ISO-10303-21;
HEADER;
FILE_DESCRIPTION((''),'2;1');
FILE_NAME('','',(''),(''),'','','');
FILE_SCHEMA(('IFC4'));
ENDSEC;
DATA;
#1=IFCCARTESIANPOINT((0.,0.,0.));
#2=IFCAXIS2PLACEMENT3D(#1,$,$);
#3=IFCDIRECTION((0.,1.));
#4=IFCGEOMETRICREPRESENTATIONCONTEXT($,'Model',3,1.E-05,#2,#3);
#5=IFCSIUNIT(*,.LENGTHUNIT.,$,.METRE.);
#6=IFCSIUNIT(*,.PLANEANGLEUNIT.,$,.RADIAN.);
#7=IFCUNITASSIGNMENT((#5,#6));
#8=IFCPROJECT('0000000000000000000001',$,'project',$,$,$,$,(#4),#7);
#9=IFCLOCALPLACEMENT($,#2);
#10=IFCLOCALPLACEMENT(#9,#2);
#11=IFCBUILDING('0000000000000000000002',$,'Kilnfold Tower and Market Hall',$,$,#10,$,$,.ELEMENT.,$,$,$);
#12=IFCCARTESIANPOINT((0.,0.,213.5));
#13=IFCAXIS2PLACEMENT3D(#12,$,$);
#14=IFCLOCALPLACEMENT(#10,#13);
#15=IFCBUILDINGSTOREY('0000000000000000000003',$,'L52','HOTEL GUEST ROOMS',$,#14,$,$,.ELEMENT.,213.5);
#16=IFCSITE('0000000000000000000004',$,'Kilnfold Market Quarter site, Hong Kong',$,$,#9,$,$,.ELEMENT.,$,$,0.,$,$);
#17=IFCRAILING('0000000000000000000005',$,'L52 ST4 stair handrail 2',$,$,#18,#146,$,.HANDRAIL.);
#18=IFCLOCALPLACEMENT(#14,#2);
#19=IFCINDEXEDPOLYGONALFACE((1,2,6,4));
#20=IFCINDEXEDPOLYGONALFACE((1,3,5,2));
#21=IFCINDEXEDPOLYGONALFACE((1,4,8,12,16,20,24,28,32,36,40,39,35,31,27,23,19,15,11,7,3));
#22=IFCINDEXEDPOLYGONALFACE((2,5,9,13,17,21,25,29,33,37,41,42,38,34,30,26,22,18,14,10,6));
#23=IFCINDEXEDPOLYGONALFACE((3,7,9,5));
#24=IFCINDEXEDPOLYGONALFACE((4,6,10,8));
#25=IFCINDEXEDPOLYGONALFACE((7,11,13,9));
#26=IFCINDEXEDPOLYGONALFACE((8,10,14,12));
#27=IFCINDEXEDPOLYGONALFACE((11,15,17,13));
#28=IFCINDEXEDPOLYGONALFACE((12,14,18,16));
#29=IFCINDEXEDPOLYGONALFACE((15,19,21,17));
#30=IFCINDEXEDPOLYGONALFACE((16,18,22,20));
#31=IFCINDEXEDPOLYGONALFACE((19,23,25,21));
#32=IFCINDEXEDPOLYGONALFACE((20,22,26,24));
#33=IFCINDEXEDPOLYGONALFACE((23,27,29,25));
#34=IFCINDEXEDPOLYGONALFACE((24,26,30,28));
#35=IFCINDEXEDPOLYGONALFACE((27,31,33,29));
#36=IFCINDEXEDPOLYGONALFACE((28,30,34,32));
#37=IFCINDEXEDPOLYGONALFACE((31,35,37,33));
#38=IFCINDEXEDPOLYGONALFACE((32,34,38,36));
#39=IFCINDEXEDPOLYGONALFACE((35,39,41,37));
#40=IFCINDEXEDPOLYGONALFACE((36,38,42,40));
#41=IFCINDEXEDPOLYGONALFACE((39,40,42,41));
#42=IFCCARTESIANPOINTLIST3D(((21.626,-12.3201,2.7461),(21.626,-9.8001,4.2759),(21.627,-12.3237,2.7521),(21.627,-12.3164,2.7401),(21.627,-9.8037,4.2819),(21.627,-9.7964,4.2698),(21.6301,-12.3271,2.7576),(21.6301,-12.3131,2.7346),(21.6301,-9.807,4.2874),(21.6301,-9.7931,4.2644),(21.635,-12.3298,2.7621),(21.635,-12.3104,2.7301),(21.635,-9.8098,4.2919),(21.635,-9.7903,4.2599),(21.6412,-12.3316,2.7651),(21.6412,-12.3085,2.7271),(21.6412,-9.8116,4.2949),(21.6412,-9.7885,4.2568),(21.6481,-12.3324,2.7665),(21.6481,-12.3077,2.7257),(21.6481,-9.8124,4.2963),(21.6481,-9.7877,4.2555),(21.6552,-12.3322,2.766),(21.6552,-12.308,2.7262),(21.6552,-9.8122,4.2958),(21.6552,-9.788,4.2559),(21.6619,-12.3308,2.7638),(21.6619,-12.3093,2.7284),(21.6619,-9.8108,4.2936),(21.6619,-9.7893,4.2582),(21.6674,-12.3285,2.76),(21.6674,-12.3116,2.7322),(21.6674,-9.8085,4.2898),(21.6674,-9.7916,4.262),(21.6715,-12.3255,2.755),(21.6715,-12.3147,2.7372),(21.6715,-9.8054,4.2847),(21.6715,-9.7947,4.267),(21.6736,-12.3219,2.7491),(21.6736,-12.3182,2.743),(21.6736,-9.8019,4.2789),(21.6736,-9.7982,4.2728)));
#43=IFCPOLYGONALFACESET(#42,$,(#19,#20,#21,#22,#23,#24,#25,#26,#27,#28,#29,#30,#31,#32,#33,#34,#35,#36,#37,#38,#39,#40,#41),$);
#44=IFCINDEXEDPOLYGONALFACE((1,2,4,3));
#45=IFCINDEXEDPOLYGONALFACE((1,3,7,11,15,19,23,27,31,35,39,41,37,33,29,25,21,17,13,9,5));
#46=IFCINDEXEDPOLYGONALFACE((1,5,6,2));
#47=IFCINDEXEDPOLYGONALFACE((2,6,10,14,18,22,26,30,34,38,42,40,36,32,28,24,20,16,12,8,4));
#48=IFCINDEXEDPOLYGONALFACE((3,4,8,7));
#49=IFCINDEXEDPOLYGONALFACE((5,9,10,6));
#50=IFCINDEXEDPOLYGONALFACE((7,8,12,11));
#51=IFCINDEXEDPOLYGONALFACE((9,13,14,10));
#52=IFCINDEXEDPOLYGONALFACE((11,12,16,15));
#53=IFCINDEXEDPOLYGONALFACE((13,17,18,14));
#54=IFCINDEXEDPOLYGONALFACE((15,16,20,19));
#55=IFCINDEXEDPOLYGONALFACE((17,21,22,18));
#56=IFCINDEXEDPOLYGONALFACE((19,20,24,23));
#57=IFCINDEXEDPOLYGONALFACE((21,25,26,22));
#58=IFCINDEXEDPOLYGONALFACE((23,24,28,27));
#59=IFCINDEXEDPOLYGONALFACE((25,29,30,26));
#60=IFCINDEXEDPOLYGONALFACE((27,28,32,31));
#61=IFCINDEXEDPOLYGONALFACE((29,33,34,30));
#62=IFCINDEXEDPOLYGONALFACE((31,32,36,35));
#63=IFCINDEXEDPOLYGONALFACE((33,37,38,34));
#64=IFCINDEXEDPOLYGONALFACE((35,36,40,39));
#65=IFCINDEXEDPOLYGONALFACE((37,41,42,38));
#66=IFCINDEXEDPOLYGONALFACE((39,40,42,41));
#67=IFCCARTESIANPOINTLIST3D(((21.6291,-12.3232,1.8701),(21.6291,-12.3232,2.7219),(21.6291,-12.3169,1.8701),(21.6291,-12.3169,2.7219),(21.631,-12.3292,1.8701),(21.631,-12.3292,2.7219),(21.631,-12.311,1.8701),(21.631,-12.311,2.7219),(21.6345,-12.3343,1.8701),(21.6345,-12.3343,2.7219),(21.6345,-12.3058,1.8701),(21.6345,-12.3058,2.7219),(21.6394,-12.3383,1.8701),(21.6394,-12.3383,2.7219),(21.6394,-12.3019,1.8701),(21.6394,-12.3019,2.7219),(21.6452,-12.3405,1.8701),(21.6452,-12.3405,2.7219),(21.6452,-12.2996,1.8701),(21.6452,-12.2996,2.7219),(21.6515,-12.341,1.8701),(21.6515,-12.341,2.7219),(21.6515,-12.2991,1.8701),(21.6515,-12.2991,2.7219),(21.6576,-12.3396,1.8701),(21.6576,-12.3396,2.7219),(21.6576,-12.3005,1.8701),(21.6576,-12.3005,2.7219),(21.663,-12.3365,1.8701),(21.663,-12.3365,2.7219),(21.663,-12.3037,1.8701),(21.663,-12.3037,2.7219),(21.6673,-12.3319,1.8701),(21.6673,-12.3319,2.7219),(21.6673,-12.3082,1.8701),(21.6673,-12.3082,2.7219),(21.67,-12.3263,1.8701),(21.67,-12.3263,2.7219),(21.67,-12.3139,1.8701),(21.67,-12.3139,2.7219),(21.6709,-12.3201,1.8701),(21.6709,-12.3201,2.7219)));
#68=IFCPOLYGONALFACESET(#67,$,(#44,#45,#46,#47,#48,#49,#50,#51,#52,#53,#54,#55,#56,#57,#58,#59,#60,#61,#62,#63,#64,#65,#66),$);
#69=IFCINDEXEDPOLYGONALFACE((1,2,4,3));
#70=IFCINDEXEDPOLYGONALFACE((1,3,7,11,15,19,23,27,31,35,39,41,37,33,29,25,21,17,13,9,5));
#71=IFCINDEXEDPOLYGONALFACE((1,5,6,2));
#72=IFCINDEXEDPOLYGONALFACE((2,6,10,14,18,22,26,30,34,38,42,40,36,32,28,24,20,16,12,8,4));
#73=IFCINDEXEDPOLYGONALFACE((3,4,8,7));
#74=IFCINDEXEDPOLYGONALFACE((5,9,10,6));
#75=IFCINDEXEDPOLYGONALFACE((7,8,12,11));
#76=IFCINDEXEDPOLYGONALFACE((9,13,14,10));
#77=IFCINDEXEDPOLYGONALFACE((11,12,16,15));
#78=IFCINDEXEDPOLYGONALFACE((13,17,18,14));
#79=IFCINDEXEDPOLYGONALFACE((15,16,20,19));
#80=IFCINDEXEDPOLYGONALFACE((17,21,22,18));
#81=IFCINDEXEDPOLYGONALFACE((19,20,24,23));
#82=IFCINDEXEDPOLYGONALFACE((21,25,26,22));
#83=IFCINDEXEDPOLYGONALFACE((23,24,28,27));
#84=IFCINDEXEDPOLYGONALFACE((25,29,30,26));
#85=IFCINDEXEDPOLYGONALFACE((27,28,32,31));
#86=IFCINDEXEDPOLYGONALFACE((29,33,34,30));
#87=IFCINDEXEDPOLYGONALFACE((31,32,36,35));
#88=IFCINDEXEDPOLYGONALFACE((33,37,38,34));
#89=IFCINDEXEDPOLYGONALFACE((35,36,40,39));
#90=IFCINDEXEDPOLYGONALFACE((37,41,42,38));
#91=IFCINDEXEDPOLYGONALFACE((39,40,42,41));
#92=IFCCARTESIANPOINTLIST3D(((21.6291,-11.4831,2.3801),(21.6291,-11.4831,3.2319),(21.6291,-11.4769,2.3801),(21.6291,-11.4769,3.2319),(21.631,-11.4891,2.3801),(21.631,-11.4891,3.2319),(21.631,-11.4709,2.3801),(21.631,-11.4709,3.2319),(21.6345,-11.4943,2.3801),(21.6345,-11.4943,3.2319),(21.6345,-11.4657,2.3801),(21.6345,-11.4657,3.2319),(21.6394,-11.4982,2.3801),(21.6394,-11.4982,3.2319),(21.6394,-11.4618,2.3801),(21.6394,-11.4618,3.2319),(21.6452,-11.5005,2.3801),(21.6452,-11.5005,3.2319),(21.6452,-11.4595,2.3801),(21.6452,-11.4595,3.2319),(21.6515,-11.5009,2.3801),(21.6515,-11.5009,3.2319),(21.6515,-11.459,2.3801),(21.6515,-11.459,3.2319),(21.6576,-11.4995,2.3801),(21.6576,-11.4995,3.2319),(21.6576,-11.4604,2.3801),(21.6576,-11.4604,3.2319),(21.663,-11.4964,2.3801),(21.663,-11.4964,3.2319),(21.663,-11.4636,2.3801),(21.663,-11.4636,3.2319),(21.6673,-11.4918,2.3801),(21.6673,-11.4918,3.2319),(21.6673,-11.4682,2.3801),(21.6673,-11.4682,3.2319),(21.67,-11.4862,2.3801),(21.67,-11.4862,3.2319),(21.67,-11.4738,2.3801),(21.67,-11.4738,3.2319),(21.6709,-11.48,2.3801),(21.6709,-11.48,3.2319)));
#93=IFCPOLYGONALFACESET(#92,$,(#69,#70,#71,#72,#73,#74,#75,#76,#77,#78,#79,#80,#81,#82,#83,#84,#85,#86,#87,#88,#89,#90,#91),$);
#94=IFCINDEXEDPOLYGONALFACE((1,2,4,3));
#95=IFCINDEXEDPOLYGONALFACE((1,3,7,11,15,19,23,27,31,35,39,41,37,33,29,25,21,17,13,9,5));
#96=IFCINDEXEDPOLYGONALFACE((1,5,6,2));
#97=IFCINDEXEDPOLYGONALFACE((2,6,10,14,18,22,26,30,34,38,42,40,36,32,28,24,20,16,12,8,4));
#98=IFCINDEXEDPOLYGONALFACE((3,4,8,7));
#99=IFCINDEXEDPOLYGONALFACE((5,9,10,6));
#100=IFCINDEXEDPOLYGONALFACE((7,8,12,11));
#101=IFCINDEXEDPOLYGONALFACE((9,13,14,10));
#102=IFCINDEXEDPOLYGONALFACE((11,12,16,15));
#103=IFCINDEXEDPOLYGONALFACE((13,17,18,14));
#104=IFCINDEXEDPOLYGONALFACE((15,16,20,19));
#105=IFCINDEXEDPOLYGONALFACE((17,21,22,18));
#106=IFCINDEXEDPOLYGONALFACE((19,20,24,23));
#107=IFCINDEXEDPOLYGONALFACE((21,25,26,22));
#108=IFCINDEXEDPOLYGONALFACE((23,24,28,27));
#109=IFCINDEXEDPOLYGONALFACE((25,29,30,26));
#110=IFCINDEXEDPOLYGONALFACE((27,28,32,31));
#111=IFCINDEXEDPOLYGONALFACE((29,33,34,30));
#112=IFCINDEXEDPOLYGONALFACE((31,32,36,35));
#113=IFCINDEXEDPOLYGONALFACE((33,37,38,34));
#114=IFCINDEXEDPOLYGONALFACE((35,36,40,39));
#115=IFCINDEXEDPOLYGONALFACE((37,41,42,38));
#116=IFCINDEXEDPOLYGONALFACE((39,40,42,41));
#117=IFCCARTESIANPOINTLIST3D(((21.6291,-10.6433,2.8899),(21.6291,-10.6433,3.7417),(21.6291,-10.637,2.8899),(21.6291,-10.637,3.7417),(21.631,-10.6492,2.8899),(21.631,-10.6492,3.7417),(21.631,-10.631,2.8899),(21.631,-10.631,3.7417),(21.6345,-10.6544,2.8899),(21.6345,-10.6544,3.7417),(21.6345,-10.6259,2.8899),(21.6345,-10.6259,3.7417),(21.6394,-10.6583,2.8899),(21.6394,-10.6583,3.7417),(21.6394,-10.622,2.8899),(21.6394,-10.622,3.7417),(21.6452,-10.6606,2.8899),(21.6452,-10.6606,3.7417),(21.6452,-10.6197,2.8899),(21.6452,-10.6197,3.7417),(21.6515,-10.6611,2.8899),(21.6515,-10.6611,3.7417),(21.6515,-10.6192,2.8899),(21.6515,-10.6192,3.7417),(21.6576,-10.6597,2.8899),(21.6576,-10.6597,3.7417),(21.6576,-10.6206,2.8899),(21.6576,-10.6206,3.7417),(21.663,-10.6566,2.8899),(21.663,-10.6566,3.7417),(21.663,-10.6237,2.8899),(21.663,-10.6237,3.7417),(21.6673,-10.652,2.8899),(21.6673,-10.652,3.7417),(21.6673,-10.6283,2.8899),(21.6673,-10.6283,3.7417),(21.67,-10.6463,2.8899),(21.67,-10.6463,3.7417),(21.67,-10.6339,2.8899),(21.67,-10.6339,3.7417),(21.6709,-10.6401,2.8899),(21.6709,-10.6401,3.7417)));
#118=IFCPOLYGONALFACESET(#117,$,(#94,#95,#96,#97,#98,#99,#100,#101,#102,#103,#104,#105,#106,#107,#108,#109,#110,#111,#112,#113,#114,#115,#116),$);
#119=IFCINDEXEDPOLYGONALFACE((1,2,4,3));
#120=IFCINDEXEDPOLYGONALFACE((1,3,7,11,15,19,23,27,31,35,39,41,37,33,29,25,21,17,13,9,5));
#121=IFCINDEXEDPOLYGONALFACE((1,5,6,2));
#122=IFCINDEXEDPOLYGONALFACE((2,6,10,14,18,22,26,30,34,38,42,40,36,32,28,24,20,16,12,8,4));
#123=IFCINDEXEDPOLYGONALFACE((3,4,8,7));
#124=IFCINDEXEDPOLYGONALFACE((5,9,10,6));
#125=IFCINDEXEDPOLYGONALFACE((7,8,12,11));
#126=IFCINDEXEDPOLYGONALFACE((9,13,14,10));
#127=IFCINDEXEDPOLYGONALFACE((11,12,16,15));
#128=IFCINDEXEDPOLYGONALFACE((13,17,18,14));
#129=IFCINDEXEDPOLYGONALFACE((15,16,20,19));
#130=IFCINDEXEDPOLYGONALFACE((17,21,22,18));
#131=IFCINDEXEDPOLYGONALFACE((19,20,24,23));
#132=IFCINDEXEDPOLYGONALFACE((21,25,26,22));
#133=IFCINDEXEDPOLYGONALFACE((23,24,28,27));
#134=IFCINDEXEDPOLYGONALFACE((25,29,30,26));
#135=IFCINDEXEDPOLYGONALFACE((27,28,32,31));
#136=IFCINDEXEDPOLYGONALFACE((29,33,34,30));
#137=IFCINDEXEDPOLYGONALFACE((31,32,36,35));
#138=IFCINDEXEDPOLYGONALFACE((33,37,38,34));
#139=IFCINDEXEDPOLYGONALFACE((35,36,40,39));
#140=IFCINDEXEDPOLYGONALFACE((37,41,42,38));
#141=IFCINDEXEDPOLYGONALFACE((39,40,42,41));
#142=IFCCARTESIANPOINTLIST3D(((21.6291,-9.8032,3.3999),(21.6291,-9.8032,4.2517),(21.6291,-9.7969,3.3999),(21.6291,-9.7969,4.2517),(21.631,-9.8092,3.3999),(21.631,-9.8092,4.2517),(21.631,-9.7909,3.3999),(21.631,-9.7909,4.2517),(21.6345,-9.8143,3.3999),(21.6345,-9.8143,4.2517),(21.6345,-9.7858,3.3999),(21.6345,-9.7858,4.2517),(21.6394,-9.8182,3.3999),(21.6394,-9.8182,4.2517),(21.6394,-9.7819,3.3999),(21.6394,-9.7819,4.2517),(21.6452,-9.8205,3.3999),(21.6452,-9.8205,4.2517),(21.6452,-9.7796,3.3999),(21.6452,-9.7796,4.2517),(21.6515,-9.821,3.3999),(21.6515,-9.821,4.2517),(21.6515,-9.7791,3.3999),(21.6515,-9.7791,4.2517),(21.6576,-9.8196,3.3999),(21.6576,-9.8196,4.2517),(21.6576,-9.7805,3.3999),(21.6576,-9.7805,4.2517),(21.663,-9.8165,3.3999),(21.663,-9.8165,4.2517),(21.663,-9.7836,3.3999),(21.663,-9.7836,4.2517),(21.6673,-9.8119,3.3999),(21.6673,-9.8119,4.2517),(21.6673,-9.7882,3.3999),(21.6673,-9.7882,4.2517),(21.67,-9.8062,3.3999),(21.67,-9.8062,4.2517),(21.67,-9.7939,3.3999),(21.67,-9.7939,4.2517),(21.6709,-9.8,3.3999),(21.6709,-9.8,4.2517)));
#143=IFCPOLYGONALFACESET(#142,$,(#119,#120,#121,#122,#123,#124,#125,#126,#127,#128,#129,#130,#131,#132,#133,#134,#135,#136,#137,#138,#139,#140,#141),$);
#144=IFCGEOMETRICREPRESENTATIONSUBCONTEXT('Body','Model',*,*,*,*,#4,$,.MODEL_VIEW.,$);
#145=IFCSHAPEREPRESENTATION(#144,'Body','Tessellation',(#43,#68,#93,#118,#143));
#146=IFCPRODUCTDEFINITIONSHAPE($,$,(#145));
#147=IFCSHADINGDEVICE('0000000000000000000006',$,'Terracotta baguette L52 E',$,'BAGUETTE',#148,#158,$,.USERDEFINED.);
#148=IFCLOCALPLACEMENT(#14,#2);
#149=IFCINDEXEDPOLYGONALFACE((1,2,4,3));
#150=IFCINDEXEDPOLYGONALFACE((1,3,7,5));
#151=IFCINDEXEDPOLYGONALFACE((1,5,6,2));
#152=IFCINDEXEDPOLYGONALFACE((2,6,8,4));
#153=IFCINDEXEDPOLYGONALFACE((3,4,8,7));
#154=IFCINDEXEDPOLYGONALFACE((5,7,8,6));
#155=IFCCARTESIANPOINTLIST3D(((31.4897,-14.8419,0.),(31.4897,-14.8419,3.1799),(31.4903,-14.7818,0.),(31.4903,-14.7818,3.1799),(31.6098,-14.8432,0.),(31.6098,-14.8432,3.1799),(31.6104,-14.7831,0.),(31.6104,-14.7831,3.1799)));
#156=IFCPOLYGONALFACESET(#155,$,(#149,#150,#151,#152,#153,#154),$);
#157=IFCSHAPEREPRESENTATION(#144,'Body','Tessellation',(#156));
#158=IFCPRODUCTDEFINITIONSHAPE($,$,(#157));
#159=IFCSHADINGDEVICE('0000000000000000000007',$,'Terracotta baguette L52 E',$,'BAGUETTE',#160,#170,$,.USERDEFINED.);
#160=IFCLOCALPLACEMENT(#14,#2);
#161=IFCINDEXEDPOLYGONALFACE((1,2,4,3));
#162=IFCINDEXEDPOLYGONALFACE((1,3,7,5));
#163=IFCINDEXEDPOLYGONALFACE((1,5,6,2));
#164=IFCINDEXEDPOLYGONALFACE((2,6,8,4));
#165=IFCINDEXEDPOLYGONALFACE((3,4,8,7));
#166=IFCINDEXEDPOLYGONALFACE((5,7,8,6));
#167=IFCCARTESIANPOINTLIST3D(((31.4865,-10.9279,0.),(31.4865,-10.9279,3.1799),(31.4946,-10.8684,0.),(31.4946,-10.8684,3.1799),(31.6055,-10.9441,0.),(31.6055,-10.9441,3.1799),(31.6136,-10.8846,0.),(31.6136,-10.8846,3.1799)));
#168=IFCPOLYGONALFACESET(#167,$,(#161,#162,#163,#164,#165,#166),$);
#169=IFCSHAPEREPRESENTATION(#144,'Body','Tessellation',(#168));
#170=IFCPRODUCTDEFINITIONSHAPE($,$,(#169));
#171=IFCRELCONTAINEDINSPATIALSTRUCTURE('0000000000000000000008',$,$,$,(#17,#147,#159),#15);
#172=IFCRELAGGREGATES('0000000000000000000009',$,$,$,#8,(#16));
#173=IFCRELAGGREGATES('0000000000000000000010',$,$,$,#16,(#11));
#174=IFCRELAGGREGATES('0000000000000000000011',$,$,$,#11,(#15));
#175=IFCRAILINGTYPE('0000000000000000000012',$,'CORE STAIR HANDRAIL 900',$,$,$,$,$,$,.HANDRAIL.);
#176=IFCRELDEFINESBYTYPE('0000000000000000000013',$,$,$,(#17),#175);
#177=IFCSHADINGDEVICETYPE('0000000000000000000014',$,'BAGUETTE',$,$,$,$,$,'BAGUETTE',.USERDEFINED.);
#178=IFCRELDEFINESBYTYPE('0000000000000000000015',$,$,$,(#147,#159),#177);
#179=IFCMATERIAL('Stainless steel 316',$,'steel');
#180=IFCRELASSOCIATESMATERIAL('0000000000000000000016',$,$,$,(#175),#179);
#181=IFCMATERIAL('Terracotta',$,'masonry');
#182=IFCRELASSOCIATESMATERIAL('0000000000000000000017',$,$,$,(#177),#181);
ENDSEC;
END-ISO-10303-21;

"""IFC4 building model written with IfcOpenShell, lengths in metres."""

from ifc_helpers import new_model, si_unit, direction, frame, origin, origin_2d, place, context, subcontext, project, spatial, rectangle, circle, extrude, source, transform, mapped, material, material_profile, profile_set, type_object, element, save


model = new_model("IFC4")

# Units and contexts
model_context = context("Model", 3, precision=1e-05, world=origin(), true_north=direction((0.0, 1.0)))
body_context = subcontext(model_context, "Body", "Model", "MODEL_VIEW")
ifc_project = project(units=[si_unit("LENGTHUNIT", "METRE"), si_unit("PLANEANGLEUNIT", "RADIAN")], contexts=[model_context])

# Site, building, storey
site_placement = place(None, origin())
site = spatial("IfcSite", under=ifc_project, at=site_placement, Name="Kilnfold Market Quarter site, Hong Kong", CompositionType="ELEMENT", RefElevation=0.0)
building_placement = place(site_placement, origin())
building = spatial("IfcBuilding", under=site, at=building_placement, Name="Kilnfold Tower and Market Hall", CompositionType="ELEMENT")
storey_placement = place(building_placement, frame((0.0, 0.0, 213.5)))
storey = spatial("IfcBuildingStorey", under=building, at=storey_placement, Name="L52", Description="HOTEL GUEST ROOMS", CompositionType="ELEMENT", Elevation=213.5)

# Railing
ifc_material_1 = material(Name="Stainless steel 316", Category="steel")
railing_type = type_object("IfcRailingType", Name="CORE STAIR HANDRAIL 900", PredefinedType="HANDRAIL", material=ifc_material_1)
railing_placement = place(storey_placement, frame((21.6499, -12.3201, 1.8701)))
element("IfcRailing", 1, at=railing_placement, inside=storey, type_object=railing_type, Name="L52 ST4 stair handrail 2", PredefinedType="HANDRAIL", context=body_context, shape_type="SweptSolid", body=[
    extrude(circle(Radius=0.0239, at=origin_2d()), frame((0.0, 0.0, 0.876), z_axis=(0.0, 0.854822, 0.518922), x_axis=(-1.0, 0.0, 0.0)), (0.0, 0.0, 1.0), 2.948),
    extrude(circle(Radius=0.021, at=origin_2d()), origin(), (0.0, 0.0, 1.0), 0.8518),
    extrude(circle(Radius=0.021, at=origin_2d()), frame((0.0, 0.8401, 0.51)), (0.0, 0.0, 1.0), 0.8518),
    extrude(circle(Radius=0.021, at=origin_2d()), frame((0.0, 1.6799, 1.0198)), (0.0, 0.0, 1.0), 0.8518),
    extrude(circle(Radius=0.021, at=origin_2d()), frame((0.0, 2.52, 1.5298)), (0.0, 0.0, 1.0), 0.8518),
])

# Shading devices
ifc_material_2 = material(Name="Terracotta", Category="masonry")
ifc_material_profile_1 = material_profile(ifc_material_2, rectangle(XDim=0.0601, YDim=0.1201, at=origin_2d()), Name="BAG 60x120")
ifc_profile_set_1 = profile_set([ifc_material_profile_1], Name="Terracotta")
shading_device_type = type_object("IfcShadingDeviceType", Name="BAGUETTE", ElementType="BAGUETTE", PredefinedType="USERDEFINED", material=ifc_profile_set_1)
shared_shape_1 = source(origin(), body_context, "Body", "SweptSolid", [
    extrude(rectangle(XDim=0.0601, YDim=0.1201, at=origin_2d()), origin(), (0.0, 0.0, 1.0), 3.1799),
])
for number, where, z_axis, x_axis, name in (
    (2, (31.55, -14.8125, 0.0), (0.0, 0.0, 1.0), (0.010971, 0.99994, 0.0), "Terracotta baguette L52 E"),
    (3, (31.55, -10.9062, 0.0), (0.0, 0.0, 1.0), (0.134489, 0.990915, 0.0), "Terracotta baguette L52 E"),
):
    element("IfcShadingDevice", number, at=place(storey_placement, frame(where, z_axis=z_axis, x_axis=x_axis)), inside=storey, type_object=shading_device_type, Name=name, ObjectType="BAGUETTE", PredefinedType="USERDEFINED", context=body_context, shape_type="MappedRepresentation", body=[
        mapped(shared_shape_1, transform((0.0, 0.0, 0.0))),
    ])

save(model, "model.ifc")
